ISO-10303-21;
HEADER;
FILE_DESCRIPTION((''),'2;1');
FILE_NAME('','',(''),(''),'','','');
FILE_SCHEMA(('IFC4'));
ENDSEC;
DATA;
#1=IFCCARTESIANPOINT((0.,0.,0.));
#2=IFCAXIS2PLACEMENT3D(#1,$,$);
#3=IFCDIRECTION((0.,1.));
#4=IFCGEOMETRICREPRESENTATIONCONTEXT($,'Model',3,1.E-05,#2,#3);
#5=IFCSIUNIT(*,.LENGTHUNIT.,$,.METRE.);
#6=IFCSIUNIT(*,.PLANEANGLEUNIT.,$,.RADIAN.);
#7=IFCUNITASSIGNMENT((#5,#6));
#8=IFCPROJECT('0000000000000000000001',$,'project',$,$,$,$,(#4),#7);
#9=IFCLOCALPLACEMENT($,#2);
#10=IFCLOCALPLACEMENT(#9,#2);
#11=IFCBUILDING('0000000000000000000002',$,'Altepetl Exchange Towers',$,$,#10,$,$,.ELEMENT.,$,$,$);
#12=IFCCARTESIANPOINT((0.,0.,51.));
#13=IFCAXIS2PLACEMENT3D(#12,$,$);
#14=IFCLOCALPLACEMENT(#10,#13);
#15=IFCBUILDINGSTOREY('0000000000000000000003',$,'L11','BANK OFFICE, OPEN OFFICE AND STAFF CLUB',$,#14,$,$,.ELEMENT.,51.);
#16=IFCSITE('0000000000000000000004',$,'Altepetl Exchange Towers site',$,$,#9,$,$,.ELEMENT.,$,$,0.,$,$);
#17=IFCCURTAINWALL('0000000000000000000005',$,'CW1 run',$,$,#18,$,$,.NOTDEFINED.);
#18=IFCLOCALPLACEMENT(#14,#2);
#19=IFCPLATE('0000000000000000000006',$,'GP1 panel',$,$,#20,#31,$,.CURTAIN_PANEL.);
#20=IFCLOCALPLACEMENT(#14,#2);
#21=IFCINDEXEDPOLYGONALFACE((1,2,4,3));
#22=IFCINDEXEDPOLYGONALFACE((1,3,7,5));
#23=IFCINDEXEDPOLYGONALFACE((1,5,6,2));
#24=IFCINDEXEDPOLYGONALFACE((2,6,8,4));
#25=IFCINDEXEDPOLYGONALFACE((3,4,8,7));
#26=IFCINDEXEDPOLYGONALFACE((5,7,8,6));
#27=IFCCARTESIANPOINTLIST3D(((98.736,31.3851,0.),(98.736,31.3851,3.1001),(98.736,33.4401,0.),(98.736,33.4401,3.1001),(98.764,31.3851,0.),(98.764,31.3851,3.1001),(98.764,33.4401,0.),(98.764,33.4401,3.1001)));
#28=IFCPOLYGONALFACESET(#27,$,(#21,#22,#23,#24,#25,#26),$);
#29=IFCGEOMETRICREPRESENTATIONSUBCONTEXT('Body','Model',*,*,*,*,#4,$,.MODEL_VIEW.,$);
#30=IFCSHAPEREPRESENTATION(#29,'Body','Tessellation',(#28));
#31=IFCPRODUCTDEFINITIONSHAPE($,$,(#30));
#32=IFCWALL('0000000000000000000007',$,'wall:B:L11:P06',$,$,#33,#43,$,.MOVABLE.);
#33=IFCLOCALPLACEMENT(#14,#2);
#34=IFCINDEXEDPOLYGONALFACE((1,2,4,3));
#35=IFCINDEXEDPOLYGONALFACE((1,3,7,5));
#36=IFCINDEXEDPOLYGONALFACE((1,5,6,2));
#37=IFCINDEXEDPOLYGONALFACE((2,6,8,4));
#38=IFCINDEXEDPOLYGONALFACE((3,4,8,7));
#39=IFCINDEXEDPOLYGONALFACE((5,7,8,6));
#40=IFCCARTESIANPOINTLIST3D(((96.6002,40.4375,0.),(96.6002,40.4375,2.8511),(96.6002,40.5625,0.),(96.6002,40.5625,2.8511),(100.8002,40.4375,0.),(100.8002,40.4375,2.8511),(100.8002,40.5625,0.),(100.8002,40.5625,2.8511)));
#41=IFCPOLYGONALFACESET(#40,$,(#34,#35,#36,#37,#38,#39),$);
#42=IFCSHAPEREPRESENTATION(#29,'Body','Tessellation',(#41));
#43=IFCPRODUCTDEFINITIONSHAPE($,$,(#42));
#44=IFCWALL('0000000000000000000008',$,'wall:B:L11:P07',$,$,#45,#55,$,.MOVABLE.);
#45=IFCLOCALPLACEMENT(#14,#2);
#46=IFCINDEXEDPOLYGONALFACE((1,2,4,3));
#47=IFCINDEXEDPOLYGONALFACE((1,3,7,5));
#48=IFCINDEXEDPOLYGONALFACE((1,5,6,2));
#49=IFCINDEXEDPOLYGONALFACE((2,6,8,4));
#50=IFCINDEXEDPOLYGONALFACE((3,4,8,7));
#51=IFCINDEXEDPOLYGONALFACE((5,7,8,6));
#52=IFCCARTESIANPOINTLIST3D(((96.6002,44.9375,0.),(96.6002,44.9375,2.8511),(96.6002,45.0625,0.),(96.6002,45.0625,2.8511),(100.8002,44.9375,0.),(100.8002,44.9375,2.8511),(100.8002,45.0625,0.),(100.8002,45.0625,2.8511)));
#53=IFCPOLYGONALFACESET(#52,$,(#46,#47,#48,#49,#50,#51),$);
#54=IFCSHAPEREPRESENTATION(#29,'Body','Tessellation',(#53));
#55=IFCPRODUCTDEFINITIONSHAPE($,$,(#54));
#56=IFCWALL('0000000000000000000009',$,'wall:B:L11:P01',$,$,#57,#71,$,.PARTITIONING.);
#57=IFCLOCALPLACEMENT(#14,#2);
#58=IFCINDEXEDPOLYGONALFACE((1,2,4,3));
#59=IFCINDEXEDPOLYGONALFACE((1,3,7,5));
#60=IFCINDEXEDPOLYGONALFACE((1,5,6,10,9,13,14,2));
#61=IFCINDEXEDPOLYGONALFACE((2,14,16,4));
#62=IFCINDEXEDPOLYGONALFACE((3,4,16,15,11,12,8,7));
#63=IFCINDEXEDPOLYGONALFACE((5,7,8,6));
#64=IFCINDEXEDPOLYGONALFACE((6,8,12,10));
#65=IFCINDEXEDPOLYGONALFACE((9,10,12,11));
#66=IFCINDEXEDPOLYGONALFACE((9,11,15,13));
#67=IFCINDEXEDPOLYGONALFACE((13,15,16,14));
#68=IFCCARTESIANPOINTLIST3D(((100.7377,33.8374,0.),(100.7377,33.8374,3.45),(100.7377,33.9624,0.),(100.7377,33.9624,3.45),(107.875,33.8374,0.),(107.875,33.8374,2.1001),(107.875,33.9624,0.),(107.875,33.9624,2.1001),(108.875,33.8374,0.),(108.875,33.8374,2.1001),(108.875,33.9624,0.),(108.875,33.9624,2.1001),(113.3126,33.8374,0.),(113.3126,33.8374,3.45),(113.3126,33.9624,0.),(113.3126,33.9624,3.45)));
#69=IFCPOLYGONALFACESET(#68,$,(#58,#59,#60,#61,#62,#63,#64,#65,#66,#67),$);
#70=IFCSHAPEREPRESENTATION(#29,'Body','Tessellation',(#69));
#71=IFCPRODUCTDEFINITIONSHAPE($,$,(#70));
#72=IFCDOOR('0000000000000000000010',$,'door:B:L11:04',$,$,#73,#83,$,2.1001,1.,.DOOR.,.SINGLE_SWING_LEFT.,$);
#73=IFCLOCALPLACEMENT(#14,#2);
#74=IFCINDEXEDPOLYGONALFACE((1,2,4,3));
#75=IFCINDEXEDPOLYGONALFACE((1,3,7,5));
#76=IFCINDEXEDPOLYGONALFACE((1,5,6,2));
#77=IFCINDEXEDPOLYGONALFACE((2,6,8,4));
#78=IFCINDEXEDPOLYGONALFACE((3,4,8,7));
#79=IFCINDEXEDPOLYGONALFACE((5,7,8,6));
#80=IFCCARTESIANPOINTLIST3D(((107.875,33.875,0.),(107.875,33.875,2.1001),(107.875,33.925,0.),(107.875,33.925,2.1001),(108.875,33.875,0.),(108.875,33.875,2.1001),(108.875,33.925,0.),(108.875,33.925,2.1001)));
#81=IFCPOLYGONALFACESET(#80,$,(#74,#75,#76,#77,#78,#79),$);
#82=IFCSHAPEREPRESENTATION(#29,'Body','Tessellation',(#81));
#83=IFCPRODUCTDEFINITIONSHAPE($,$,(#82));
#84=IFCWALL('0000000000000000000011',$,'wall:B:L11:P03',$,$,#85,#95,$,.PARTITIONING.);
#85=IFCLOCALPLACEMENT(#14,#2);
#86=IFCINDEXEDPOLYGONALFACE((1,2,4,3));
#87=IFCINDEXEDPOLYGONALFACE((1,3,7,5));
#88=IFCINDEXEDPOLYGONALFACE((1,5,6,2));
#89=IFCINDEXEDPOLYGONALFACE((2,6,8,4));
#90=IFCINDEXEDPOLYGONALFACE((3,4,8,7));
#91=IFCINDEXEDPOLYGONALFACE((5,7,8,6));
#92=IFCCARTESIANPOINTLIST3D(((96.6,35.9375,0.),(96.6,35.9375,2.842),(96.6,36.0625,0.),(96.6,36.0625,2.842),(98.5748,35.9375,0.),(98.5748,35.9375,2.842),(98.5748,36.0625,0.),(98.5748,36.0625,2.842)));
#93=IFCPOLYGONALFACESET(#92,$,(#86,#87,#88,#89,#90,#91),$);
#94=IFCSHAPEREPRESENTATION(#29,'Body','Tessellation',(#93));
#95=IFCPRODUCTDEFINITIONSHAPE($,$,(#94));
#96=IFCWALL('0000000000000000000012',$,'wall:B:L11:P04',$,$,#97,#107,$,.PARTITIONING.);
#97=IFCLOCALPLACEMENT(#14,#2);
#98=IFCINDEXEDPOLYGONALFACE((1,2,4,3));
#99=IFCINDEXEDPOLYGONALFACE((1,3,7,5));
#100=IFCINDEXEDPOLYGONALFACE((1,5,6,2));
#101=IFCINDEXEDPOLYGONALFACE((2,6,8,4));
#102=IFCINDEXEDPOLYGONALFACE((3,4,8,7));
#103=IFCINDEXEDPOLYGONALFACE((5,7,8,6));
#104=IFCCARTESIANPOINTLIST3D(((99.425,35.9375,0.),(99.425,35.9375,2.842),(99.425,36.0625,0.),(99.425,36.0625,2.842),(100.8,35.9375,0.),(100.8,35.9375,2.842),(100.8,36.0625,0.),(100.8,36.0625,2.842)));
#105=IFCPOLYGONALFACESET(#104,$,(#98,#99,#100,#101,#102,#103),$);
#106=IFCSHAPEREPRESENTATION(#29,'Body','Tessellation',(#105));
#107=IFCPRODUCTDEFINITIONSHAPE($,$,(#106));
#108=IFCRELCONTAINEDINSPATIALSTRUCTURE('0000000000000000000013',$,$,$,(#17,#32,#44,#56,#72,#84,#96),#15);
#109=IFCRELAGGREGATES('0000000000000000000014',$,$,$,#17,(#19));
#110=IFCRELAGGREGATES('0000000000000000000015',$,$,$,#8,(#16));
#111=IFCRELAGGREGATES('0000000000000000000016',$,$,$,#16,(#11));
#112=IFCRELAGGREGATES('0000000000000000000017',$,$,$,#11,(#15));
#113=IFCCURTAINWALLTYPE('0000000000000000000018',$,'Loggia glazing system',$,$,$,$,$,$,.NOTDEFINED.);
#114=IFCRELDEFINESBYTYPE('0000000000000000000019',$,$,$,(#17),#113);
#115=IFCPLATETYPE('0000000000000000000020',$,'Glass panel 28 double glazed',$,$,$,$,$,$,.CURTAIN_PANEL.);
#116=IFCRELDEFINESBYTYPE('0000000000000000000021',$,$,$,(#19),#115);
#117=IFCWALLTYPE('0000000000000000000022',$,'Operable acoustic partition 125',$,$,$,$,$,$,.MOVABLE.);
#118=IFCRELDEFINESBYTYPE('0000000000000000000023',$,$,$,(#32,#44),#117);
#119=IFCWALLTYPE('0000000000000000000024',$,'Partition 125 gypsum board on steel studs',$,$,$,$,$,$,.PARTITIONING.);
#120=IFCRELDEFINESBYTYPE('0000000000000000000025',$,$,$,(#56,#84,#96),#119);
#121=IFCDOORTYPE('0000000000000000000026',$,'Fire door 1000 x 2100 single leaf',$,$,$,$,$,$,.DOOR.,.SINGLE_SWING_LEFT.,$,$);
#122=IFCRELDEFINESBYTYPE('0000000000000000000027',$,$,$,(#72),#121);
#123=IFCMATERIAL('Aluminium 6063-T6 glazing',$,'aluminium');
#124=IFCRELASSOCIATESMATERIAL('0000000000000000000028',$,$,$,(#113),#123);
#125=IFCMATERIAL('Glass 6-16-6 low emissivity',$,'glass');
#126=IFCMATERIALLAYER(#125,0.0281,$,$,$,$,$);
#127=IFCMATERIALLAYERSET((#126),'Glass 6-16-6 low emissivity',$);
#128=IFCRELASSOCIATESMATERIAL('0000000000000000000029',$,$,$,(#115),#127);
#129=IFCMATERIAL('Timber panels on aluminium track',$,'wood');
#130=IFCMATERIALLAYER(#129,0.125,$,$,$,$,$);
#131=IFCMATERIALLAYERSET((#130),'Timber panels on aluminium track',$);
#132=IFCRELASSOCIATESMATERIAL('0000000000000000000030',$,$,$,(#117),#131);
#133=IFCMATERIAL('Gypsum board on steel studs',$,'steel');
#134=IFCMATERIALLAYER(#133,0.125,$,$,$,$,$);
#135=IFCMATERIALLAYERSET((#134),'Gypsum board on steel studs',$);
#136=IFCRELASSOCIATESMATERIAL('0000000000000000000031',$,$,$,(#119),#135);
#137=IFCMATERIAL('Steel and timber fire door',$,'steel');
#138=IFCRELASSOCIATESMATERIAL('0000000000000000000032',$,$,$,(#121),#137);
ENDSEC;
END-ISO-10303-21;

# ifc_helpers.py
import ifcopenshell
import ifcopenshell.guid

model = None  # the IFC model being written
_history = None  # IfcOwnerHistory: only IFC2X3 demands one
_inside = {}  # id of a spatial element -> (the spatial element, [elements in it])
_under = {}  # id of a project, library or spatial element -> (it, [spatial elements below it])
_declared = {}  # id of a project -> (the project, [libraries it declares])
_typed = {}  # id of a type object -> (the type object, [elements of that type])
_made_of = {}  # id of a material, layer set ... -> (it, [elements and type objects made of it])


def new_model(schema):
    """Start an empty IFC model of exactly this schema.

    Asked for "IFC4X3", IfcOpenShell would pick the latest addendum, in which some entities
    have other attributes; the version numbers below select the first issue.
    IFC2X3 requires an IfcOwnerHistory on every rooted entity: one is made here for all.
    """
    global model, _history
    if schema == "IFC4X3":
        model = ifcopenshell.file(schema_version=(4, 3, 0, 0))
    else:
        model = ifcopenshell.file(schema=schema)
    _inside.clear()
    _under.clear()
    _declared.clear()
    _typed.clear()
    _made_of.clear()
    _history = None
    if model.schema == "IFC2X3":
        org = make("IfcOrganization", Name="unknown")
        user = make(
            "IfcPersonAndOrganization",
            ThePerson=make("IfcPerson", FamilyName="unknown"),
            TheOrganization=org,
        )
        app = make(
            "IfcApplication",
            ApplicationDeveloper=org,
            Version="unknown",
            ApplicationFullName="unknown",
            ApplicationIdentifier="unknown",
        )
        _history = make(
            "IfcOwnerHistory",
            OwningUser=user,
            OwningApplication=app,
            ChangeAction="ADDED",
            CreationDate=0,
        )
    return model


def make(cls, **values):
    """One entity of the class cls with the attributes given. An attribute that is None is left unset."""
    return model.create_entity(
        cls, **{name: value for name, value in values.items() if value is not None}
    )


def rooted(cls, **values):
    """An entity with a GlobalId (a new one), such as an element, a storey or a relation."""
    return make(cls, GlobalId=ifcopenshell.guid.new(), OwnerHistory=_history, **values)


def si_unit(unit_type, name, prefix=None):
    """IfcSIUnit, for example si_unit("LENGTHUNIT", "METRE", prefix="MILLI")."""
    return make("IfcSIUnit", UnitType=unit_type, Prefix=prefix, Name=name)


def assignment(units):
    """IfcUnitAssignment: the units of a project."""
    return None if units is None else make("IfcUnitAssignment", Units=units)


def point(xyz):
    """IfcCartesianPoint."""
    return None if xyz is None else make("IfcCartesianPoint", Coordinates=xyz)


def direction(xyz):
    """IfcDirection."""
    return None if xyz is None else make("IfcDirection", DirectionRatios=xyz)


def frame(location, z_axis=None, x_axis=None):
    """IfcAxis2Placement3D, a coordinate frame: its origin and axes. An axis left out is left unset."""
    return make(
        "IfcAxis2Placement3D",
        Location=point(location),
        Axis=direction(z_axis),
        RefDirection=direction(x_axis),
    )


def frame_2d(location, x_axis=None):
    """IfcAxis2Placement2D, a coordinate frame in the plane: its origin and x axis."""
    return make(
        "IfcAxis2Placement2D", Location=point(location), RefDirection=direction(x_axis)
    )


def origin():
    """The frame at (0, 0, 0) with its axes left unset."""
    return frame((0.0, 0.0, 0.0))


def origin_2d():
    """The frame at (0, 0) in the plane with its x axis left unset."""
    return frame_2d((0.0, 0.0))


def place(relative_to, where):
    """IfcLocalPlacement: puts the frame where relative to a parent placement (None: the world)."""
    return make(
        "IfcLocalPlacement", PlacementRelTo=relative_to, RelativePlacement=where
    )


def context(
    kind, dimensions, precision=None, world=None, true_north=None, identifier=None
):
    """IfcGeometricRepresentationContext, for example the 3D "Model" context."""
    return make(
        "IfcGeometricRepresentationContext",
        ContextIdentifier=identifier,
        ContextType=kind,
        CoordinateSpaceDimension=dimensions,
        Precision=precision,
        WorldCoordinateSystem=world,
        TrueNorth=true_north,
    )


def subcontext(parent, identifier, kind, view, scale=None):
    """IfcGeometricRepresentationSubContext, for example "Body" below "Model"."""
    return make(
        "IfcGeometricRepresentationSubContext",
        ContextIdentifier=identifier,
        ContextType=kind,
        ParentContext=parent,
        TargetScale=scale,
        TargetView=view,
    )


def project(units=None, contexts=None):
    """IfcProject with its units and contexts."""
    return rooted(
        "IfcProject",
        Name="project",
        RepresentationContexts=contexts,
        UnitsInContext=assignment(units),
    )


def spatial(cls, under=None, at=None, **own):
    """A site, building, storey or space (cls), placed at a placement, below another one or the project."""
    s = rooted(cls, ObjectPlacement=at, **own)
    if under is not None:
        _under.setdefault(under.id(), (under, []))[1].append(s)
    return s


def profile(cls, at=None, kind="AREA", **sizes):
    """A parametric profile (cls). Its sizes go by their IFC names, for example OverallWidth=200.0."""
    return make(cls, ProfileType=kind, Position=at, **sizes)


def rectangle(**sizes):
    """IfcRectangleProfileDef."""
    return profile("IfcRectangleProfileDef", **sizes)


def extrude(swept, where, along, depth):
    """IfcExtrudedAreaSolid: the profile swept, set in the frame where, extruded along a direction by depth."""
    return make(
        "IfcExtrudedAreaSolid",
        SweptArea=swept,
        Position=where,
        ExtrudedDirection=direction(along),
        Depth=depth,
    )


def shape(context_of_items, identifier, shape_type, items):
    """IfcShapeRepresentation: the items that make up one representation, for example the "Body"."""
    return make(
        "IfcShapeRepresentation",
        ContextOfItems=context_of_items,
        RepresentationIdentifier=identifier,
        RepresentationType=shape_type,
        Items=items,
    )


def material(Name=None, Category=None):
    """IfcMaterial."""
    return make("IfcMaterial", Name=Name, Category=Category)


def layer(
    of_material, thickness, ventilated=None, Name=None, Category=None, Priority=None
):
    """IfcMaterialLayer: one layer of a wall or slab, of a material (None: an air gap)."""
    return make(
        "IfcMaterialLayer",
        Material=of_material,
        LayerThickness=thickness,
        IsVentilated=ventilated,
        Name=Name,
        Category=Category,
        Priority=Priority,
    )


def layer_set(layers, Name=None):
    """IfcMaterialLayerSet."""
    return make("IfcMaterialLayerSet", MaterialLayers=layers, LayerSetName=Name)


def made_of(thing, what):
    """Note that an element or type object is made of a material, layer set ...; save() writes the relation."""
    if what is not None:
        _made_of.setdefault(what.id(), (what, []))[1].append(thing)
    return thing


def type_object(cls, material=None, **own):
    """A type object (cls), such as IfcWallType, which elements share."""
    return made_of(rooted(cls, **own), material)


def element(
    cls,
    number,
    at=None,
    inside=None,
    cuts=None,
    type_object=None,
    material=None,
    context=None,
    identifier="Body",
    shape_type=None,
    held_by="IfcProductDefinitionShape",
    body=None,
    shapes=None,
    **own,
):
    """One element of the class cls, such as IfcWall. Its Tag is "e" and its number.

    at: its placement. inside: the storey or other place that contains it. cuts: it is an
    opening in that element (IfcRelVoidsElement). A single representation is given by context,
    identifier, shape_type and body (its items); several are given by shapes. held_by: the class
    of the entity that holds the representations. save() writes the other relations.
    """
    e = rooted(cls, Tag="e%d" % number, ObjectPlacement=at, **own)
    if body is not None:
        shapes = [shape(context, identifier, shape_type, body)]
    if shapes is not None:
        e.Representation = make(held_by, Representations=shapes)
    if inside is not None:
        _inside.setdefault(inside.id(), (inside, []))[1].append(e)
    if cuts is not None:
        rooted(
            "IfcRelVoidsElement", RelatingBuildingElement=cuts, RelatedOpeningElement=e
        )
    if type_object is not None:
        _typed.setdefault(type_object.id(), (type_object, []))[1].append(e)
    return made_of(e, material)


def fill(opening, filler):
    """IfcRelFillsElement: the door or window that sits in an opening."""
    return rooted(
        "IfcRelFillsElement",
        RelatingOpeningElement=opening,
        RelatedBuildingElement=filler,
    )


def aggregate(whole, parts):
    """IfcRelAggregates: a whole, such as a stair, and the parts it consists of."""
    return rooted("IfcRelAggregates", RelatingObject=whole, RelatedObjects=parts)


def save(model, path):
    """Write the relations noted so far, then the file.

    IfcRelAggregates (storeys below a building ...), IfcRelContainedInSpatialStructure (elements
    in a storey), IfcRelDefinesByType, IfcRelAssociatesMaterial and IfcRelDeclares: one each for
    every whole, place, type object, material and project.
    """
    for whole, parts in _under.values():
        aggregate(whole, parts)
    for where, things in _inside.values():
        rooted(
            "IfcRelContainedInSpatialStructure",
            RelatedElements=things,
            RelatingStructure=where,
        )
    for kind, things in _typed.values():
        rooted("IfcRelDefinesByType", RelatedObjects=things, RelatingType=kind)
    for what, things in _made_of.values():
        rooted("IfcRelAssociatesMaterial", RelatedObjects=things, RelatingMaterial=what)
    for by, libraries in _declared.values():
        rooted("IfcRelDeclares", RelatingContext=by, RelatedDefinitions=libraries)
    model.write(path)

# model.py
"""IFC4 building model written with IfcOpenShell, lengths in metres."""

from ifc_helpers import new_model, si_unit, direction, frame, frame_2d, origin, origin_2d, place, context, subcontext, project, spatial, rectangle, extrude, material, layer, layer_set, type_object, element, fill, aggregate, save


model = new_model("IFC4")

# Units and contexts
model_context = context("Model", 3, precision=1e-05, world=origin(), true_north=direction((0.0, 1.0)))
body_context = subcontext(model_context, "Body", "Model", "MODEL_VIEW")
ifc_project = project(units=[si_unit("LENGTHUNIT", "METRE"), si_unit("PLANEANGLEUNIT", "RADIAN")], contexts=[model_context])

# Site, building, storey
site_placement = place(None, origin())
site = spatial("IfcSite", under=ifc_project, at=site_placement, Name="Altepetl Exchange Towers site", CompositionType="ELEMENT", RefElevation=0.0)
building_placement = place(site_placement, origin())
building = spatial("IfcBuilding", under=site, at=building_placement, Name="Altepetl Exchange Towers", CompositionType="ELEMENT")
storey_placement = place(building_placement, frame((0.0, 0.0, 51.0)))
storey = spatial("IfcBuildingStorey", under=building, at=storey_placement, Name="L11", Description="BANK OFFICE, OPEN OFFICE AND STAFF CLUB", CompositionType="ELEMENT", Elevation=51.0)

# Shared definitions
ifc_material_1 = material(Name="Aluminium 6063-T6 glazing", Category="aluminium")
curtain_wall_type = type_object("IfcCurtainWallType", Name="Loggia glazing system", PredefinedType="NOTDEFINED", material=ifc_material_1)

# Curtain wall
curtain_wall_1_placement = place(storey_placement, origin())
curtain_wall_1 = element("IfcCurtainWall", 1, at=curtain_wall_1_placement, inside=storey, type_object=curtain_wall_type, Name="CW1 run", PredefinedType="NOTDEFINED")

# Plate
ifc_material_2 = material(Name="Glass 6-16-6 low emissivity", Category="glass")
ifc_layer_1 = layer(ifc_material_2, 0.0281)
ifc_layer_set_1 = layer_set([ifc_layer_1], Name="Glass 6-16-6 low emissivity")
plate_type = type_object("IfcPlateType", Name="Glass panel 28 double glazed", PredefinedType="CURTAIN_PANEL", material=ifc_layer_set_1)
plate_1_placement = place(storey_placement, frame((98.75, 32.4126, 0.0), z_axis=(0.0, 0.0, 1.0), x_axis=(0.0, -1.0, 0.0)))
plate_1 = element("IfcPlate", 2, at=plate_1_placement, type_object=plate_type, Name="GP1 panel", PredefinedType="CURTAIN_PANEL", context=body_context, shape_type="SweptSolid", body=[
    extrude(rectangle(XDim=2.0549, YDim=0.0281, at=origin_2d()), origin(), (0.0, 0.0, 1.0), 3.1001),
])
aggregate(curtain_wall_1, [plate_1])

# Walls
ifc_material_3 = material(Name="Timber panels on aluminium track", Category="wood")
ifc_layer_2 = layer(ifc_material_3, 0.125)
ifc_layer_set_2 = layer_set([ifc_layer_2], Name="Timber panels on aluminium track")
wall_type_1 = type_object("IfcWallType", Name="Operable acoustic partition 125", PredefinedType="MOVABLE", material=ifc_layer_set_2)
for number, where, name in (
    (3, (96.6001, 40.5, 0.0), "wall:B:L11:P06"),
    (4, (96.6001, 45.0, 0.0), "wall:B:L11:P07"),
):
    element("IfcWall", number, at=place(storey_placement, frame(where)), inside=storey, type_object=wall_type_1, Name=name, PredefinedType="MOVABLE", context=body_context, shape_type="SweptSolid", body=[
        extrude(rectangle(XDim=4.2, YDim=0.125, at=frame_2d((2.1001, 0.0))), origin(), (0.0, 0.0, 1.0), 2.8511),
    ])

# Wall, opening, door
ifc_material_4 = material(Name="Gypsum board on steel studs", Category="steel")
ifc_layer_3 = layer(ifc_material_4, 0.125)
ifc_layer_set_3 = layer_set([ifc_layer_3], Name="Gypsum board on steel studs")
wall_type_2 = type_object("IfcWallType", Name="Partition 125 gypsum board on steel studs", PredefinedType="PARTITIONING", material=ifc_layer_set_3)
wall_1_placement = place(storey_placement, frame((100.7375, 33.8999, 0.0)))
wall_1 = element("IfcWall", 5, at=wall_1_placement, inside=storey, type_object=wall_type_2, Name="wall:B:L11:P01", PredefinedType="PARTITIONING", context=body_context, shape_type="SweptSolid", body=[
    extrude(rectangle(XDim=12.575, YDim=0.125, at=frame_2d((6.2876, 0.0))), origin(), (0.0, 0.0, 1.0), 3.45),
])
opening_1_placement = place(wall_1_placement, frame((7.1375, 0.0, 0.0)))
opening_1 = element("IfcOpeningElement", 6, at=opening_1_placement, cuts=wall_1, PredefinedType="OPENING", context=body_context, shape_type="SweptSolid", body=[
    extrude(rectangle(XDim=1.0, YDim=2.1001, at=frame_2d((0.5, 1.05))), frame((0.0, 0.0725, 0.0), z_axis=(0.0, -1.0, 0.0), x_axis=(1.0, 0.0, 0.0)), (0.0, 0.0, 1.0), 0.145),
])
ifc_material_5 = material(Name="Steel and timber fire door", Category="steel")
door_type = type_object("IfcDoorType", Name="Fire door 1000 x 2100 single leaf", OperationType="SINGLE_SWING_LEFT", PredefinedType="DOOR", material=ifc_material_5)
door_1_placement = place(opening_1_placement, frame((1.0, 0.0, 0.0), x_axis=(-1.0, 0.0, 0.0)))
door_1 = element("IfcDoor", 7, at=door_1_placement, inside=storey, type_object=door_type, Name="door:B:L11:04", OperationType="SINGLE_SWING_LEFT", OverallHeight=2.1001, OverallWidth=1.0, PredefinedType="DOOR", context=body_context, shape_type="SweptSolid", body=[
    extrude(rectangle(XDim=1.0, YDim=2.1001, at=frame_2d((0.5, 1.05))), frame((0.0, 0.0249, 0.0), z_axis=(0.0, -1.0, 0.0), x_axis=(1.0, 0.0, 0.0)), (0.0, 0.0, 1.0), 0.05),
])
fill(opening_1, door_1)

# Walls
wall_2_placement = place(storey_placement, frame((96.6001, 36.0, 0.0)))
element("IfcWall", 8, at=wall_2_placement, inside=storey, type_object=wall_type_2, Name="wall:B:L11:P03", PredefinedType="PARTITIONING", context=body_context, shape_type="SweptSolid", body=[
    extrude(rectangle(XDim=1.9749, YDim=0.125, at=frame_2d((0.9873, 0.0))), origin(), (0.0, 0.0, 1.0), 2.842),
])
wall_3_placement = place(storey_placement, frame((99.425, 36.0, 0.0)))
element("IfcWall", 9, at=wall_3_placement, inside=storey, type_object=wall_type_2, Name="wall:B:L11:P04", PredefinedType="PARTITIONING", context=body_context, shape_type="SweptSolid", body=[
    extrude(rectangle(XDim=1.375, YDim=0.125, at=frame_2d((0.6875, 0.0))), origin(), (0.0, 0.0, 1.0), 2.842),
])

save(model, "model.ifc")
